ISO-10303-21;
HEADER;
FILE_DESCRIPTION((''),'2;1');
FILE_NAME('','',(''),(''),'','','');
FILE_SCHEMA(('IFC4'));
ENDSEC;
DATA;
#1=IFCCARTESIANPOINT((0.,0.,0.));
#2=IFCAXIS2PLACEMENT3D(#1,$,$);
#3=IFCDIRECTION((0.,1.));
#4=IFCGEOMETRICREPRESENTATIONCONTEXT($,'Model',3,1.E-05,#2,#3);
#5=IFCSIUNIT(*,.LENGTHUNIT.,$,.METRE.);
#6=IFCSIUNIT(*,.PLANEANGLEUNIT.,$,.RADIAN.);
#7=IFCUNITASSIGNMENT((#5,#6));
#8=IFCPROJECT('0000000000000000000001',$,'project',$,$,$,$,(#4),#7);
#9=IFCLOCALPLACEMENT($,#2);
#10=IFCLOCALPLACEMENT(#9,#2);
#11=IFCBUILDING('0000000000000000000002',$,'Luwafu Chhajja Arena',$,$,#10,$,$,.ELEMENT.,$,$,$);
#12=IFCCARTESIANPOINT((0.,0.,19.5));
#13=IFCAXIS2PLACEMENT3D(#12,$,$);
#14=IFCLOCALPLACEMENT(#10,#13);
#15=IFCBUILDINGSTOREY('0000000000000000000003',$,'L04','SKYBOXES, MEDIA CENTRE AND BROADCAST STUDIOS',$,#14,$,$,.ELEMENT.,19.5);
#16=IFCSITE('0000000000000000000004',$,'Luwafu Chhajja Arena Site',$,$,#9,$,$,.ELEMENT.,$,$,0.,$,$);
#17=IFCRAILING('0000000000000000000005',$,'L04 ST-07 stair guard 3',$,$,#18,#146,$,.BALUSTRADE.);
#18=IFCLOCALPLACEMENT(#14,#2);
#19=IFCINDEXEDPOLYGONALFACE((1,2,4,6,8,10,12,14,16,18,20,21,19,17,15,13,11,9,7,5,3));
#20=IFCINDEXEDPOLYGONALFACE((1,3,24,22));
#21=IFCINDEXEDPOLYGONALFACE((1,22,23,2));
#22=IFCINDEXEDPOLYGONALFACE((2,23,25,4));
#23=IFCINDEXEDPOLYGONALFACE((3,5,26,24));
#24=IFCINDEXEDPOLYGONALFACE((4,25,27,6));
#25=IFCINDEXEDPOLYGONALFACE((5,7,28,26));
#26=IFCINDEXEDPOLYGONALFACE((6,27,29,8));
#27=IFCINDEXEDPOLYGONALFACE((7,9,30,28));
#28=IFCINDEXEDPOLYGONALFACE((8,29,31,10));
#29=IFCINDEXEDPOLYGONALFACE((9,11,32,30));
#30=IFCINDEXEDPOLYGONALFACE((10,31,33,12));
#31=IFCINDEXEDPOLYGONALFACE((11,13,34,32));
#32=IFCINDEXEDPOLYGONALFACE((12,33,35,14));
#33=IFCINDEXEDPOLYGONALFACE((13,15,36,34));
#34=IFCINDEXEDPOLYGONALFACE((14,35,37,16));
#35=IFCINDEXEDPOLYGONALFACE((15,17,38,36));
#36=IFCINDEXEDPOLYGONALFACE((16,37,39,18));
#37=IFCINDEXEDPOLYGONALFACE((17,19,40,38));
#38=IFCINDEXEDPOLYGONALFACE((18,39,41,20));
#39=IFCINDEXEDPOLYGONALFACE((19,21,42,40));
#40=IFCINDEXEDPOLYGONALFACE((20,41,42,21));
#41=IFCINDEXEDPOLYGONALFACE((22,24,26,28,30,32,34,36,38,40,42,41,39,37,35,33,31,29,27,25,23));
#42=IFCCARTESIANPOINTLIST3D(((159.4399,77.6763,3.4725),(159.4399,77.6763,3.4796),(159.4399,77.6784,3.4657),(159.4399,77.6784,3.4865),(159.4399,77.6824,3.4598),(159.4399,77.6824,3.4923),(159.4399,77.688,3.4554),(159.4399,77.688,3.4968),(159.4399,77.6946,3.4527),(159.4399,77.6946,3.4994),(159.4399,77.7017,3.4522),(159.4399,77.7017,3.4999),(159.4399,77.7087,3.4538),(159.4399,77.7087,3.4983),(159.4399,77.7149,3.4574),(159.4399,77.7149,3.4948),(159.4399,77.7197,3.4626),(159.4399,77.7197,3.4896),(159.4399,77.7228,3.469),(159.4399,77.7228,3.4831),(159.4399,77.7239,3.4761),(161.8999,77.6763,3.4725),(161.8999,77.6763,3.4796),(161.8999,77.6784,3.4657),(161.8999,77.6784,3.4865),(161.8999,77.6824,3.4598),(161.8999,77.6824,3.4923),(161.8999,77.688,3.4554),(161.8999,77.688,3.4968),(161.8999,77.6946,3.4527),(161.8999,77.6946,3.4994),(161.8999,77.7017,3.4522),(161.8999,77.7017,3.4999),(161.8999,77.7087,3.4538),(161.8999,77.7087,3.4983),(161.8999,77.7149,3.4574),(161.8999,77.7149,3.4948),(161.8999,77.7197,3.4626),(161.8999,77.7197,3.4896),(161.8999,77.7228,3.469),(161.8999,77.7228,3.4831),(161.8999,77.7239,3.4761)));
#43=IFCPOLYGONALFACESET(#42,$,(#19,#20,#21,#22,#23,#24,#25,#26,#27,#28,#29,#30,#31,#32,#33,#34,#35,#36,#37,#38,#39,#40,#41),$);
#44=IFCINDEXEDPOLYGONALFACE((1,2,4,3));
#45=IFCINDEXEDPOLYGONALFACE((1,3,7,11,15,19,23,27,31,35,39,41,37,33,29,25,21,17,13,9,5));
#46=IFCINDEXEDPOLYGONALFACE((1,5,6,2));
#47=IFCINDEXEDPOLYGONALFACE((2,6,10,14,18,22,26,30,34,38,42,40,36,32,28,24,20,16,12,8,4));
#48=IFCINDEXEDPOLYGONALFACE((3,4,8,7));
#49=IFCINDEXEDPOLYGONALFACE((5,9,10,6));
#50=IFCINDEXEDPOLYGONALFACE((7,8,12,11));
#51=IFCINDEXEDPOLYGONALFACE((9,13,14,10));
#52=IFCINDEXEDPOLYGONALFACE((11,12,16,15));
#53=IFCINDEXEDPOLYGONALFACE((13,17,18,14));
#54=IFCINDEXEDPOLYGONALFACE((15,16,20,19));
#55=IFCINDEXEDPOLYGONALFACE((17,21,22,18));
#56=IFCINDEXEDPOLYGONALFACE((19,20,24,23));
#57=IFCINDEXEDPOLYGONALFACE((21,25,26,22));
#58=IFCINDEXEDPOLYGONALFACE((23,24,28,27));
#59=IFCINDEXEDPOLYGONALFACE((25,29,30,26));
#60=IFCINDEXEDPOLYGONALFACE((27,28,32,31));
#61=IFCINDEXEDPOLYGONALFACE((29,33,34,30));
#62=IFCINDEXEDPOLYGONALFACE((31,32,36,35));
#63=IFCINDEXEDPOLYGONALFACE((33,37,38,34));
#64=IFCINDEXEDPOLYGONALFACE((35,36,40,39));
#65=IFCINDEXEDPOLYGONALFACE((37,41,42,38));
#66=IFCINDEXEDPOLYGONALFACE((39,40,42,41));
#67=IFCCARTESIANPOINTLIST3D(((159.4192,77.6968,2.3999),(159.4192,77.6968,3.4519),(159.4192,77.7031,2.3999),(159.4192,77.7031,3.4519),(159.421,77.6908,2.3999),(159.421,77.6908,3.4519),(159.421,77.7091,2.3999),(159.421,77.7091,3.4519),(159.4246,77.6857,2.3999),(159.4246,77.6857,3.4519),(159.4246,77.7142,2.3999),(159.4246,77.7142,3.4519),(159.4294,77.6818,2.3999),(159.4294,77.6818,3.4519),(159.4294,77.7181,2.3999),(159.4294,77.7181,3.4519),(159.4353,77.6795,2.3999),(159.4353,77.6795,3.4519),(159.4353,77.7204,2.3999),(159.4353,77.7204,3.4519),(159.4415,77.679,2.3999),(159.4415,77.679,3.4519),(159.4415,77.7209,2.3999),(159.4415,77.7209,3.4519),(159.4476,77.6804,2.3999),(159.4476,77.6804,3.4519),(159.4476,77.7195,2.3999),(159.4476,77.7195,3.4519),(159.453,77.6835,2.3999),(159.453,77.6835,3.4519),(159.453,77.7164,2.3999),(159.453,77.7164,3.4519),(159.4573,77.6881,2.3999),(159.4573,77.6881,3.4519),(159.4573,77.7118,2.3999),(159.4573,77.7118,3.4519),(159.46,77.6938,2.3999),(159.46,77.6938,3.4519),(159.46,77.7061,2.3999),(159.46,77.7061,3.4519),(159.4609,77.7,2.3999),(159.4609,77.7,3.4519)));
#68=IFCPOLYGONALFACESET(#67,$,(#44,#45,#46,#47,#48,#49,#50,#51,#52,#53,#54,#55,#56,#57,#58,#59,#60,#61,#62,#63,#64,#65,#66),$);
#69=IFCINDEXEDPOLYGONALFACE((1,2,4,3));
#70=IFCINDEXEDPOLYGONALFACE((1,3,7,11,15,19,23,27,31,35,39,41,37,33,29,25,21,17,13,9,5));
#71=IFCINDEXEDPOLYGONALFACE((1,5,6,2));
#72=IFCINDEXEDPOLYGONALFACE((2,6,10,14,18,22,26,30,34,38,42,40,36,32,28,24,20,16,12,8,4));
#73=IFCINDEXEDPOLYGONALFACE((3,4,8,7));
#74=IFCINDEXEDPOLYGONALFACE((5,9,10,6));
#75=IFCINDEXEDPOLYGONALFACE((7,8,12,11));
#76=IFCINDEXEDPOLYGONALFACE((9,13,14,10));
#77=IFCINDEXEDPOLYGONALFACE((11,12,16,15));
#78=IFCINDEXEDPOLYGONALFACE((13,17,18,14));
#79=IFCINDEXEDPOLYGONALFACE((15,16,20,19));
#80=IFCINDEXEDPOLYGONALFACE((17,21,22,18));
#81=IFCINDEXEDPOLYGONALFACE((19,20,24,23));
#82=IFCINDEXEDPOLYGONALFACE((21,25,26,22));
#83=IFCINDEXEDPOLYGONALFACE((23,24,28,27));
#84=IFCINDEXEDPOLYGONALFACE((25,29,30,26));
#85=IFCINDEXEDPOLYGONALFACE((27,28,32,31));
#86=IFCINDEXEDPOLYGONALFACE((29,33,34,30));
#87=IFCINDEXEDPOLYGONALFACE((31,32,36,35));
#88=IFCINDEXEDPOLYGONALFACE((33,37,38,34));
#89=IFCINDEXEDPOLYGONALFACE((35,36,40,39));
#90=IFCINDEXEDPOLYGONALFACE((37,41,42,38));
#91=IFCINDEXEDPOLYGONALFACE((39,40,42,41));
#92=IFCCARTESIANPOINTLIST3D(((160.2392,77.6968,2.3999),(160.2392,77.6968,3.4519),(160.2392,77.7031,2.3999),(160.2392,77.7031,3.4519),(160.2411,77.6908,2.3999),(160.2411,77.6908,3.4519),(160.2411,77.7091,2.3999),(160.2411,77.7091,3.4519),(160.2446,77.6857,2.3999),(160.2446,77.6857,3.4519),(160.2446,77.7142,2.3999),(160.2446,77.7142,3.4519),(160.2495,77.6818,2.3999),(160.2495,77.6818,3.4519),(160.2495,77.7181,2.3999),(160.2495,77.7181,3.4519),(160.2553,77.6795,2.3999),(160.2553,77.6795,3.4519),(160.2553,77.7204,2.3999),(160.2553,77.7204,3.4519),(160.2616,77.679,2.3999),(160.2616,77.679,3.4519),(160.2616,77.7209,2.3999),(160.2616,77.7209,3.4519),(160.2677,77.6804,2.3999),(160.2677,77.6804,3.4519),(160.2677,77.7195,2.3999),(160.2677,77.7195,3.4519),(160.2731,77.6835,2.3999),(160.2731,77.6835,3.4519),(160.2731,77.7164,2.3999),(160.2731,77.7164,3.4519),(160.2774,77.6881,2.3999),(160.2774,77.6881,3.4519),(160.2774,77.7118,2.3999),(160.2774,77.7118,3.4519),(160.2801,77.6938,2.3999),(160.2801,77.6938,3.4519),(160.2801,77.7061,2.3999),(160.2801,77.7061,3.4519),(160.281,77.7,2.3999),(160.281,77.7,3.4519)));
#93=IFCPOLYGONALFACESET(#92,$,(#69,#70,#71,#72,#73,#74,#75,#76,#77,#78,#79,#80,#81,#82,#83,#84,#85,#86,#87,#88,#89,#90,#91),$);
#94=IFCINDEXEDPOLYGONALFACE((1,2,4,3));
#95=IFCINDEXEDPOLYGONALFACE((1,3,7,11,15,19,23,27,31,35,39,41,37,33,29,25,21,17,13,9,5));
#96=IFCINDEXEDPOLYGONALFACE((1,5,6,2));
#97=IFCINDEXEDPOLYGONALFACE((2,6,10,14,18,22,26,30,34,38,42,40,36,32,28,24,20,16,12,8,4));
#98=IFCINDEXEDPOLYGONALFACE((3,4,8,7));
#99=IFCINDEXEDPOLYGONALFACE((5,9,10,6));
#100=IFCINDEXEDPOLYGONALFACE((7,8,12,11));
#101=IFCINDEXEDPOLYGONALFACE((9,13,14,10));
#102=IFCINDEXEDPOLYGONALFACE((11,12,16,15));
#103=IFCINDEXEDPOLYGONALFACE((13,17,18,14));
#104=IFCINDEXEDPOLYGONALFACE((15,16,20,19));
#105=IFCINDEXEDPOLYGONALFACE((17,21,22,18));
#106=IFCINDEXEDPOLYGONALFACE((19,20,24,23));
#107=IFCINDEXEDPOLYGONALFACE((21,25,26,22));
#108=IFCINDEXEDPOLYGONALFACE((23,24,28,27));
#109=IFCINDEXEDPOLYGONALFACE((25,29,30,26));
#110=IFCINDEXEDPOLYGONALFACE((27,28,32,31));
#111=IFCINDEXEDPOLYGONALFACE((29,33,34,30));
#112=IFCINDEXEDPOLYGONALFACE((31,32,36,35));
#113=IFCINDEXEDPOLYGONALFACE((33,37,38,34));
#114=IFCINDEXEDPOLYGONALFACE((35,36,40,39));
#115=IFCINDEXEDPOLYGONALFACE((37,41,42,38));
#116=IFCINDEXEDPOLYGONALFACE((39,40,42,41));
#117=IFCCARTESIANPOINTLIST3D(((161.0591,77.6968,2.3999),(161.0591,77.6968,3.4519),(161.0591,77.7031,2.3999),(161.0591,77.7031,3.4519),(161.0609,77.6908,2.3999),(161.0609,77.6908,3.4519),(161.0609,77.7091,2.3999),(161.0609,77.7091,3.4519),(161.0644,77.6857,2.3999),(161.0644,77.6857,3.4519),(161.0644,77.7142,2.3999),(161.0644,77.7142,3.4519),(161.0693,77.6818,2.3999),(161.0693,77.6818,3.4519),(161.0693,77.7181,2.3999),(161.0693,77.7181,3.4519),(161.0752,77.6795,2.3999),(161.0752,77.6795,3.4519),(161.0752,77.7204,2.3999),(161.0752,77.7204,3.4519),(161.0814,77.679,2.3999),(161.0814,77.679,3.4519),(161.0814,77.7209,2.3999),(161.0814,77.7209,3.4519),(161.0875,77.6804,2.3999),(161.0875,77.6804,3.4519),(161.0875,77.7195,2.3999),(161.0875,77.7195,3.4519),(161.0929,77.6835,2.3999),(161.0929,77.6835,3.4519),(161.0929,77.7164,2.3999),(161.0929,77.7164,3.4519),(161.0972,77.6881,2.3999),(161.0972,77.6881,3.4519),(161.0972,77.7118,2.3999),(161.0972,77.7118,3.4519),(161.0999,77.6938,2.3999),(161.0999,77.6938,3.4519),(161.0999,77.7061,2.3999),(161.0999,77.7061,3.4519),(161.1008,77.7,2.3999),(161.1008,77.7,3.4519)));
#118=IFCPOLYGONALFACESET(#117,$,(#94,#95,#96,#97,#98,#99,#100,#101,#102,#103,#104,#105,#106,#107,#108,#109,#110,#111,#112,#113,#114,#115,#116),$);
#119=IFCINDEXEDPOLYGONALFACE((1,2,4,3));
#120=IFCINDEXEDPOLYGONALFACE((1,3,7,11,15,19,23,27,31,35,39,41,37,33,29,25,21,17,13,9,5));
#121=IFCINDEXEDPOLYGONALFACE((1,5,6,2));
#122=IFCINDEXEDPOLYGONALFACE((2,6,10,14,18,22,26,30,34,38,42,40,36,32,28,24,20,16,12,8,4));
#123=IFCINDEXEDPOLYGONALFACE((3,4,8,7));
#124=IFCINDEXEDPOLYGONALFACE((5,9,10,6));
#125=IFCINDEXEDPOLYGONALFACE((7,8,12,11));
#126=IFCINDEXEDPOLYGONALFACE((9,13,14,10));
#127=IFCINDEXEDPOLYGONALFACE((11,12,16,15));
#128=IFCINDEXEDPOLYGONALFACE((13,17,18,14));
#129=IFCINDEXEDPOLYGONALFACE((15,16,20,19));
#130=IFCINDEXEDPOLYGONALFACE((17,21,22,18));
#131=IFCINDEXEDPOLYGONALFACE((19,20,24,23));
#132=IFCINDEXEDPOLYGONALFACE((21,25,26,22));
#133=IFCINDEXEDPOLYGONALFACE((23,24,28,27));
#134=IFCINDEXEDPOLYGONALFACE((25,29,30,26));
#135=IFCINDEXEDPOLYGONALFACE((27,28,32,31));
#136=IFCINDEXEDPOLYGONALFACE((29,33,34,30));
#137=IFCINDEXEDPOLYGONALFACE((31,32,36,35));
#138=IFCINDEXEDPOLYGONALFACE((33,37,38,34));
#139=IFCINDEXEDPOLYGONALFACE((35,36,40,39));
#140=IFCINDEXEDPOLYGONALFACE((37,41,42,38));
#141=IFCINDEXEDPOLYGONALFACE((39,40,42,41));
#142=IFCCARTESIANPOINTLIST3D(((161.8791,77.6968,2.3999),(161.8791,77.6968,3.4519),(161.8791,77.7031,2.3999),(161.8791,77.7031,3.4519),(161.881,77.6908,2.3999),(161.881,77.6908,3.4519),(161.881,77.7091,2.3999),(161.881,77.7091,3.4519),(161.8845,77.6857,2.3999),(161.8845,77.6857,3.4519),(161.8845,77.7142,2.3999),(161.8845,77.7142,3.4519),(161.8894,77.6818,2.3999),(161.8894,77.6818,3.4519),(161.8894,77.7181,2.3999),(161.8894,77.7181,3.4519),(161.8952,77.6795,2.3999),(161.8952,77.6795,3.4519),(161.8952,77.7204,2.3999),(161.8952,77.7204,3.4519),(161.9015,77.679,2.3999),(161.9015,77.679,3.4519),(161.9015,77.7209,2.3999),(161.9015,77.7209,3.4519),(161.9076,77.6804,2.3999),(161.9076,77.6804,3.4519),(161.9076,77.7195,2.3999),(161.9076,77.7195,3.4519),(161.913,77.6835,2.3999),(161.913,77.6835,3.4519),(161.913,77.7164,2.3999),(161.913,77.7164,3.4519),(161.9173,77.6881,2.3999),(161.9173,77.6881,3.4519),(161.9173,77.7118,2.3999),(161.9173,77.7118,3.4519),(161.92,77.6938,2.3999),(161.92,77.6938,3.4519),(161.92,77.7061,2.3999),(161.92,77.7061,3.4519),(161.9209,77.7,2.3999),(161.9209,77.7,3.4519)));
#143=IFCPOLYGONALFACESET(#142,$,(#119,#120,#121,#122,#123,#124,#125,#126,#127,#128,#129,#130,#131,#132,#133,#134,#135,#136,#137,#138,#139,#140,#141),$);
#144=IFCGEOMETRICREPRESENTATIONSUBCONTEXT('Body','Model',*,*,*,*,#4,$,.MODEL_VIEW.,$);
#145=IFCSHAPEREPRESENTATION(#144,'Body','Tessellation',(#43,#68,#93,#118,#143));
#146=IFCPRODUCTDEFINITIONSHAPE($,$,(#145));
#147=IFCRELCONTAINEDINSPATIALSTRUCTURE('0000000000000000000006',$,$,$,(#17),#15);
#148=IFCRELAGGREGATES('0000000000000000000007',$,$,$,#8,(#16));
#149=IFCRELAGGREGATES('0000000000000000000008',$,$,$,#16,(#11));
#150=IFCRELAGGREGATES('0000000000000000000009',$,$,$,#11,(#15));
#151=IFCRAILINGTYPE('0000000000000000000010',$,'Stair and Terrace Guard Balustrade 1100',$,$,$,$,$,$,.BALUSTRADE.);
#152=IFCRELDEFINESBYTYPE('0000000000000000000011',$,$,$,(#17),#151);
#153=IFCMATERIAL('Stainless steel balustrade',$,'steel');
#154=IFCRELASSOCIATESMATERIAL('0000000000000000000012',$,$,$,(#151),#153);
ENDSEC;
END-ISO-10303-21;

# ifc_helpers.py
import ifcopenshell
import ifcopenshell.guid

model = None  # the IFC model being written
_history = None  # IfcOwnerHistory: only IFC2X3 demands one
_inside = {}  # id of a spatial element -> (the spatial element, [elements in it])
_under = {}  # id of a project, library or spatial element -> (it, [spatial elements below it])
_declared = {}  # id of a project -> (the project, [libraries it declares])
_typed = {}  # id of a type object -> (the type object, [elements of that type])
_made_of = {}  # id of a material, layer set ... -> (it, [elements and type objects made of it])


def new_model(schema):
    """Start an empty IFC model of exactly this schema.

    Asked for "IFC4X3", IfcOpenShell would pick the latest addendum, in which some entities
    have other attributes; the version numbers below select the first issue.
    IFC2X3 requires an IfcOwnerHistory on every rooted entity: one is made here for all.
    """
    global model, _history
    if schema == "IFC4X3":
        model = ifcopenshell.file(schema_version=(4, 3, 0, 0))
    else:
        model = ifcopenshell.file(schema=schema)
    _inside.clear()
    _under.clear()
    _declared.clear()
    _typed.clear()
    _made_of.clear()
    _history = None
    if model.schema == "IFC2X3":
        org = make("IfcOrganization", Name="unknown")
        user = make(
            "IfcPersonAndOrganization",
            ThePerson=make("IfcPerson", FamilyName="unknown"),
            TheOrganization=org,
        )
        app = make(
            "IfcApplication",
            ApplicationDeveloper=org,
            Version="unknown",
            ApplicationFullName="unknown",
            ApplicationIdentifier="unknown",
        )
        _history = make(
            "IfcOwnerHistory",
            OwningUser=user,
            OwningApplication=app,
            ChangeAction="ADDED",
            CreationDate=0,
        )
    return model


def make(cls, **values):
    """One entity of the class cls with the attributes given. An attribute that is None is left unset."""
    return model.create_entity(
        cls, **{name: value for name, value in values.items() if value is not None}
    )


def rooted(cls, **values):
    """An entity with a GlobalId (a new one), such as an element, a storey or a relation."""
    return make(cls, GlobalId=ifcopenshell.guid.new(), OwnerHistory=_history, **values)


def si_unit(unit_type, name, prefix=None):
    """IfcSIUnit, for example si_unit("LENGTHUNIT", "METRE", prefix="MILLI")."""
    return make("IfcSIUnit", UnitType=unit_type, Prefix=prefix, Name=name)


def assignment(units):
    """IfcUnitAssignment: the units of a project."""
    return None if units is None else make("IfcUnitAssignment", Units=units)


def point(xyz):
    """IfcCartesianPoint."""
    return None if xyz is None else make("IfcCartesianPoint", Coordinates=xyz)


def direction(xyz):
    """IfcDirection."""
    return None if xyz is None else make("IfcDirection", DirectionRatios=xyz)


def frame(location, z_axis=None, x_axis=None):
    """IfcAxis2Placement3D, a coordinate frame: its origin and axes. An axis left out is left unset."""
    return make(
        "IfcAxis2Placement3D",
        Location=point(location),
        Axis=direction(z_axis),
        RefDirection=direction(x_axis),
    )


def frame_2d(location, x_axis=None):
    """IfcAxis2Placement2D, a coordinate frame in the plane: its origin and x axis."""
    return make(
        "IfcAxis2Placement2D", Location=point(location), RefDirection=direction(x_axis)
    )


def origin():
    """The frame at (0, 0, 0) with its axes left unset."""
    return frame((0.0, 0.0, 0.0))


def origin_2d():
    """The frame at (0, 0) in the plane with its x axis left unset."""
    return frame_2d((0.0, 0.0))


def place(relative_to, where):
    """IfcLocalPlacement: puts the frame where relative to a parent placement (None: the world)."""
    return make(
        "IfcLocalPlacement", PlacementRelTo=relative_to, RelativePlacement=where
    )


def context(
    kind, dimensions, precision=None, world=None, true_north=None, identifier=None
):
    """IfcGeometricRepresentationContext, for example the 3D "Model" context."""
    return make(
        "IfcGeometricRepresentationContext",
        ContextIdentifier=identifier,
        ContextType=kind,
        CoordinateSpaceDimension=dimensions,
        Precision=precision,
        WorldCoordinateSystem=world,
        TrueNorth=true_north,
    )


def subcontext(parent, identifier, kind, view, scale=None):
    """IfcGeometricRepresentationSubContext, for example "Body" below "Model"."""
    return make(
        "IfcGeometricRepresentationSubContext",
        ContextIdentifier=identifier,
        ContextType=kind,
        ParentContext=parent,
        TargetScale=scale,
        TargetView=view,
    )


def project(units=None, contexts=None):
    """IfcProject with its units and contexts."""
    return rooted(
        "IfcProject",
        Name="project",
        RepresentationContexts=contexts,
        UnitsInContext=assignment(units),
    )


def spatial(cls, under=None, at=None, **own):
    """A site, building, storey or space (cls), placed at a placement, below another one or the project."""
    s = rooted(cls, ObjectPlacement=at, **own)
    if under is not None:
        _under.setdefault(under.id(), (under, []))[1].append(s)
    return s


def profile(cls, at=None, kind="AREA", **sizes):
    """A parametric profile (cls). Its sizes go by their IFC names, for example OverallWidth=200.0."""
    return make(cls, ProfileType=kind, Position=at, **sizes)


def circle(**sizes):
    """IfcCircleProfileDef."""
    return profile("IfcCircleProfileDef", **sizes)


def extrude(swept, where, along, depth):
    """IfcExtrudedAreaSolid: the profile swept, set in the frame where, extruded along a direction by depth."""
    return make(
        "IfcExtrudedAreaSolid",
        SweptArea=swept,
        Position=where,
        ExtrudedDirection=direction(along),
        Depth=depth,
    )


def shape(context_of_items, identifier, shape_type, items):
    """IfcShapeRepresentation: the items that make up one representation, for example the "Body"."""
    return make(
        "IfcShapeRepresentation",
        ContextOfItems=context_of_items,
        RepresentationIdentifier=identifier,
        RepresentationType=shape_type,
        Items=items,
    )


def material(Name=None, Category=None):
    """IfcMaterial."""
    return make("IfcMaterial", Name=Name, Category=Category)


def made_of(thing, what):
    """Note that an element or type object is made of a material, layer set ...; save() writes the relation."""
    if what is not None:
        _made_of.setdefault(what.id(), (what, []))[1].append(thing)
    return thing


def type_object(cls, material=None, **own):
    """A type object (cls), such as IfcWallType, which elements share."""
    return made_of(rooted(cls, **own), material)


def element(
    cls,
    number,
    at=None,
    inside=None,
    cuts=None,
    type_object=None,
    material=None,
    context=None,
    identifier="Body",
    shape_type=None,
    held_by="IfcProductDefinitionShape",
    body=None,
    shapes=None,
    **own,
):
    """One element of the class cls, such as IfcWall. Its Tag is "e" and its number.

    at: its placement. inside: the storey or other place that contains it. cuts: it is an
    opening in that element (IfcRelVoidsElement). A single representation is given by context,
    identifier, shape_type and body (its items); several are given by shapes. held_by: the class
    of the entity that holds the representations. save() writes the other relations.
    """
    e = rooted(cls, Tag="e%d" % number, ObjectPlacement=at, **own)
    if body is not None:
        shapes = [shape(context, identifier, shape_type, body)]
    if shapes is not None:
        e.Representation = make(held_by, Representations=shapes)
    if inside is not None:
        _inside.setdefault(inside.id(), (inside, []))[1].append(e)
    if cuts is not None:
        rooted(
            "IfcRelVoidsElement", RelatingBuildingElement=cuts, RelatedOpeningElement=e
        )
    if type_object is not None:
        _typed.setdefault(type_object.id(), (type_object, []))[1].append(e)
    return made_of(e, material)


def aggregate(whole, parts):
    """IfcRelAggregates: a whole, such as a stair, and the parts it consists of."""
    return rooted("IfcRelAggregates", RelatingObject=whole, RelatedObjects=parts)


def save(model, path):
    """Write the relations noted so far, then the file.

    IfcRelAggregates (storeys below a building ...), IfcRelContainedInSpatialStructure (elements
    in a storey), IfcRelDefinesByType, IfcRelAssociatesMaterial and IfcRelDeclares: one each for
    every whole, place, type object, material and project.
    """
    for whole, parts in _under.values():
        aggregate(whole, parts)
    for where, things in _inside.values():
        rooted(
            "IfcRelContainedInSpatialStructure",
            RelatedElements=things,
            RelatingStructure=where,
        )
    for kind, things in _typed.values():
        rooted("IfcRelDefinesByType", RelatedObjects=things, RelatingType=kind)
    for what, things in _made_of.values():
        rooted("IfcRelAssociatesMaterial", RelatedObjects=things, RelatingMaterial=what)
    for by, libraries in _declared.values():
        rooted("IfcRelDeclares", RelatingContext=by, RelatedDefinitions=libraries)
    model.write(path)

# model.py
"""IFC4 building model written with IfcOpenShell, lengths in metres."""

from ifc_helpers import new_model, si_unit, direction, frame, origin, origin_2d, place, context, subcontext, project, spatial, circle, extrude, material, type_object, element, save


model = new_model("IFC4")

# Units and contexts
model_context = context("Model", 3, precision=1e-05, world=origin(), true_north=direction((0.0, 1.0)))
body_context = subcontext(model_context, "Body", "Model", "MODEL_VIEW")
ifc_project = project(units=[si_unit("LENGTHUNIT", "METRE"), si_unit("PLANEANGLEUNIT", "RADIAN")], contexts=[model_context])

# Site, building, storey
site_placement = place(None, origin())
site = spatial("IfcSite", under=ifc_project, at=site_placement, Name="Luwafu Chhajja Arena Site", CompositionType="ELEMENT", RefElevation=0.0)
building_placement = place(site_placement, origin())
building = spatial("IfcBuilding", under=site, at=building_placement, Name="Luwafu Chhajja Arena", CompositionType="ELEMENT")
storey_placement = place(building_placement, frame((0.0, 0.0, 19.5)))
storey = spatial("IfcBuildingStorey", under=building, at=storey_placement, Name="L04", Description="SKYBOXES, MEDIA CENTRE AND BROADCAST STUDIOS", CompositionType="ELEMENT", Elevation=19.5)

# Railing
ifc_material_1 = material(Name="Stainless steel balustrade", Category="steel")
railing_type_1 = type_object("IfcRailingType", Name="Stair and Terrace Guard Balustrade 1100", PredefinedType="BALUSTRADE", material=ifc_material_1)
for number, where, name in (
    (1, (159.4399, 77.7, 2.3999), "L04 ST-07 stair guard 3"),
):
    element("IfcRailing", number, at=place(storey_placement, frame(where)), inside=storey, type_object=railing_type_1, Name=name, PredefinedType="BALUSTRADE", context=body_context, shape_type="SweptSolid", body=[
        extrude(circle(Radius=0.0239, at=origin_2d()), frame((0.0, 0.0, 1.0762), z_axis=(1.0, 0.0, 0.0), x_axis=(0.0, 1.0, 0.0)), (0.0, 0.0, 1.0), 2.46),
        extrude(circle(Radius=0.021, at=origin_2d()), origin(), (0.0, 0.0, 1.0), 1.052),
        extrude(circle(Radius=0.021, at=origin_2d()), frame((0.8201, 0.0, 0.0)), (0.0, 0.0, 1.0), 1.052),
        extrude(circle(Radius=0.021, at=origin_2d()), frame((1.6399, 0.0, 0.0)), (0.0, 0.0, 1.0), 1.052),
        extrude(circle(Radius=0.021, at=origin_2d()), frame((2.46, 0.0, 0.0)), (0.0, 0.0, 1.0), 1.052),
    ])

save(model, "model.ifc")
